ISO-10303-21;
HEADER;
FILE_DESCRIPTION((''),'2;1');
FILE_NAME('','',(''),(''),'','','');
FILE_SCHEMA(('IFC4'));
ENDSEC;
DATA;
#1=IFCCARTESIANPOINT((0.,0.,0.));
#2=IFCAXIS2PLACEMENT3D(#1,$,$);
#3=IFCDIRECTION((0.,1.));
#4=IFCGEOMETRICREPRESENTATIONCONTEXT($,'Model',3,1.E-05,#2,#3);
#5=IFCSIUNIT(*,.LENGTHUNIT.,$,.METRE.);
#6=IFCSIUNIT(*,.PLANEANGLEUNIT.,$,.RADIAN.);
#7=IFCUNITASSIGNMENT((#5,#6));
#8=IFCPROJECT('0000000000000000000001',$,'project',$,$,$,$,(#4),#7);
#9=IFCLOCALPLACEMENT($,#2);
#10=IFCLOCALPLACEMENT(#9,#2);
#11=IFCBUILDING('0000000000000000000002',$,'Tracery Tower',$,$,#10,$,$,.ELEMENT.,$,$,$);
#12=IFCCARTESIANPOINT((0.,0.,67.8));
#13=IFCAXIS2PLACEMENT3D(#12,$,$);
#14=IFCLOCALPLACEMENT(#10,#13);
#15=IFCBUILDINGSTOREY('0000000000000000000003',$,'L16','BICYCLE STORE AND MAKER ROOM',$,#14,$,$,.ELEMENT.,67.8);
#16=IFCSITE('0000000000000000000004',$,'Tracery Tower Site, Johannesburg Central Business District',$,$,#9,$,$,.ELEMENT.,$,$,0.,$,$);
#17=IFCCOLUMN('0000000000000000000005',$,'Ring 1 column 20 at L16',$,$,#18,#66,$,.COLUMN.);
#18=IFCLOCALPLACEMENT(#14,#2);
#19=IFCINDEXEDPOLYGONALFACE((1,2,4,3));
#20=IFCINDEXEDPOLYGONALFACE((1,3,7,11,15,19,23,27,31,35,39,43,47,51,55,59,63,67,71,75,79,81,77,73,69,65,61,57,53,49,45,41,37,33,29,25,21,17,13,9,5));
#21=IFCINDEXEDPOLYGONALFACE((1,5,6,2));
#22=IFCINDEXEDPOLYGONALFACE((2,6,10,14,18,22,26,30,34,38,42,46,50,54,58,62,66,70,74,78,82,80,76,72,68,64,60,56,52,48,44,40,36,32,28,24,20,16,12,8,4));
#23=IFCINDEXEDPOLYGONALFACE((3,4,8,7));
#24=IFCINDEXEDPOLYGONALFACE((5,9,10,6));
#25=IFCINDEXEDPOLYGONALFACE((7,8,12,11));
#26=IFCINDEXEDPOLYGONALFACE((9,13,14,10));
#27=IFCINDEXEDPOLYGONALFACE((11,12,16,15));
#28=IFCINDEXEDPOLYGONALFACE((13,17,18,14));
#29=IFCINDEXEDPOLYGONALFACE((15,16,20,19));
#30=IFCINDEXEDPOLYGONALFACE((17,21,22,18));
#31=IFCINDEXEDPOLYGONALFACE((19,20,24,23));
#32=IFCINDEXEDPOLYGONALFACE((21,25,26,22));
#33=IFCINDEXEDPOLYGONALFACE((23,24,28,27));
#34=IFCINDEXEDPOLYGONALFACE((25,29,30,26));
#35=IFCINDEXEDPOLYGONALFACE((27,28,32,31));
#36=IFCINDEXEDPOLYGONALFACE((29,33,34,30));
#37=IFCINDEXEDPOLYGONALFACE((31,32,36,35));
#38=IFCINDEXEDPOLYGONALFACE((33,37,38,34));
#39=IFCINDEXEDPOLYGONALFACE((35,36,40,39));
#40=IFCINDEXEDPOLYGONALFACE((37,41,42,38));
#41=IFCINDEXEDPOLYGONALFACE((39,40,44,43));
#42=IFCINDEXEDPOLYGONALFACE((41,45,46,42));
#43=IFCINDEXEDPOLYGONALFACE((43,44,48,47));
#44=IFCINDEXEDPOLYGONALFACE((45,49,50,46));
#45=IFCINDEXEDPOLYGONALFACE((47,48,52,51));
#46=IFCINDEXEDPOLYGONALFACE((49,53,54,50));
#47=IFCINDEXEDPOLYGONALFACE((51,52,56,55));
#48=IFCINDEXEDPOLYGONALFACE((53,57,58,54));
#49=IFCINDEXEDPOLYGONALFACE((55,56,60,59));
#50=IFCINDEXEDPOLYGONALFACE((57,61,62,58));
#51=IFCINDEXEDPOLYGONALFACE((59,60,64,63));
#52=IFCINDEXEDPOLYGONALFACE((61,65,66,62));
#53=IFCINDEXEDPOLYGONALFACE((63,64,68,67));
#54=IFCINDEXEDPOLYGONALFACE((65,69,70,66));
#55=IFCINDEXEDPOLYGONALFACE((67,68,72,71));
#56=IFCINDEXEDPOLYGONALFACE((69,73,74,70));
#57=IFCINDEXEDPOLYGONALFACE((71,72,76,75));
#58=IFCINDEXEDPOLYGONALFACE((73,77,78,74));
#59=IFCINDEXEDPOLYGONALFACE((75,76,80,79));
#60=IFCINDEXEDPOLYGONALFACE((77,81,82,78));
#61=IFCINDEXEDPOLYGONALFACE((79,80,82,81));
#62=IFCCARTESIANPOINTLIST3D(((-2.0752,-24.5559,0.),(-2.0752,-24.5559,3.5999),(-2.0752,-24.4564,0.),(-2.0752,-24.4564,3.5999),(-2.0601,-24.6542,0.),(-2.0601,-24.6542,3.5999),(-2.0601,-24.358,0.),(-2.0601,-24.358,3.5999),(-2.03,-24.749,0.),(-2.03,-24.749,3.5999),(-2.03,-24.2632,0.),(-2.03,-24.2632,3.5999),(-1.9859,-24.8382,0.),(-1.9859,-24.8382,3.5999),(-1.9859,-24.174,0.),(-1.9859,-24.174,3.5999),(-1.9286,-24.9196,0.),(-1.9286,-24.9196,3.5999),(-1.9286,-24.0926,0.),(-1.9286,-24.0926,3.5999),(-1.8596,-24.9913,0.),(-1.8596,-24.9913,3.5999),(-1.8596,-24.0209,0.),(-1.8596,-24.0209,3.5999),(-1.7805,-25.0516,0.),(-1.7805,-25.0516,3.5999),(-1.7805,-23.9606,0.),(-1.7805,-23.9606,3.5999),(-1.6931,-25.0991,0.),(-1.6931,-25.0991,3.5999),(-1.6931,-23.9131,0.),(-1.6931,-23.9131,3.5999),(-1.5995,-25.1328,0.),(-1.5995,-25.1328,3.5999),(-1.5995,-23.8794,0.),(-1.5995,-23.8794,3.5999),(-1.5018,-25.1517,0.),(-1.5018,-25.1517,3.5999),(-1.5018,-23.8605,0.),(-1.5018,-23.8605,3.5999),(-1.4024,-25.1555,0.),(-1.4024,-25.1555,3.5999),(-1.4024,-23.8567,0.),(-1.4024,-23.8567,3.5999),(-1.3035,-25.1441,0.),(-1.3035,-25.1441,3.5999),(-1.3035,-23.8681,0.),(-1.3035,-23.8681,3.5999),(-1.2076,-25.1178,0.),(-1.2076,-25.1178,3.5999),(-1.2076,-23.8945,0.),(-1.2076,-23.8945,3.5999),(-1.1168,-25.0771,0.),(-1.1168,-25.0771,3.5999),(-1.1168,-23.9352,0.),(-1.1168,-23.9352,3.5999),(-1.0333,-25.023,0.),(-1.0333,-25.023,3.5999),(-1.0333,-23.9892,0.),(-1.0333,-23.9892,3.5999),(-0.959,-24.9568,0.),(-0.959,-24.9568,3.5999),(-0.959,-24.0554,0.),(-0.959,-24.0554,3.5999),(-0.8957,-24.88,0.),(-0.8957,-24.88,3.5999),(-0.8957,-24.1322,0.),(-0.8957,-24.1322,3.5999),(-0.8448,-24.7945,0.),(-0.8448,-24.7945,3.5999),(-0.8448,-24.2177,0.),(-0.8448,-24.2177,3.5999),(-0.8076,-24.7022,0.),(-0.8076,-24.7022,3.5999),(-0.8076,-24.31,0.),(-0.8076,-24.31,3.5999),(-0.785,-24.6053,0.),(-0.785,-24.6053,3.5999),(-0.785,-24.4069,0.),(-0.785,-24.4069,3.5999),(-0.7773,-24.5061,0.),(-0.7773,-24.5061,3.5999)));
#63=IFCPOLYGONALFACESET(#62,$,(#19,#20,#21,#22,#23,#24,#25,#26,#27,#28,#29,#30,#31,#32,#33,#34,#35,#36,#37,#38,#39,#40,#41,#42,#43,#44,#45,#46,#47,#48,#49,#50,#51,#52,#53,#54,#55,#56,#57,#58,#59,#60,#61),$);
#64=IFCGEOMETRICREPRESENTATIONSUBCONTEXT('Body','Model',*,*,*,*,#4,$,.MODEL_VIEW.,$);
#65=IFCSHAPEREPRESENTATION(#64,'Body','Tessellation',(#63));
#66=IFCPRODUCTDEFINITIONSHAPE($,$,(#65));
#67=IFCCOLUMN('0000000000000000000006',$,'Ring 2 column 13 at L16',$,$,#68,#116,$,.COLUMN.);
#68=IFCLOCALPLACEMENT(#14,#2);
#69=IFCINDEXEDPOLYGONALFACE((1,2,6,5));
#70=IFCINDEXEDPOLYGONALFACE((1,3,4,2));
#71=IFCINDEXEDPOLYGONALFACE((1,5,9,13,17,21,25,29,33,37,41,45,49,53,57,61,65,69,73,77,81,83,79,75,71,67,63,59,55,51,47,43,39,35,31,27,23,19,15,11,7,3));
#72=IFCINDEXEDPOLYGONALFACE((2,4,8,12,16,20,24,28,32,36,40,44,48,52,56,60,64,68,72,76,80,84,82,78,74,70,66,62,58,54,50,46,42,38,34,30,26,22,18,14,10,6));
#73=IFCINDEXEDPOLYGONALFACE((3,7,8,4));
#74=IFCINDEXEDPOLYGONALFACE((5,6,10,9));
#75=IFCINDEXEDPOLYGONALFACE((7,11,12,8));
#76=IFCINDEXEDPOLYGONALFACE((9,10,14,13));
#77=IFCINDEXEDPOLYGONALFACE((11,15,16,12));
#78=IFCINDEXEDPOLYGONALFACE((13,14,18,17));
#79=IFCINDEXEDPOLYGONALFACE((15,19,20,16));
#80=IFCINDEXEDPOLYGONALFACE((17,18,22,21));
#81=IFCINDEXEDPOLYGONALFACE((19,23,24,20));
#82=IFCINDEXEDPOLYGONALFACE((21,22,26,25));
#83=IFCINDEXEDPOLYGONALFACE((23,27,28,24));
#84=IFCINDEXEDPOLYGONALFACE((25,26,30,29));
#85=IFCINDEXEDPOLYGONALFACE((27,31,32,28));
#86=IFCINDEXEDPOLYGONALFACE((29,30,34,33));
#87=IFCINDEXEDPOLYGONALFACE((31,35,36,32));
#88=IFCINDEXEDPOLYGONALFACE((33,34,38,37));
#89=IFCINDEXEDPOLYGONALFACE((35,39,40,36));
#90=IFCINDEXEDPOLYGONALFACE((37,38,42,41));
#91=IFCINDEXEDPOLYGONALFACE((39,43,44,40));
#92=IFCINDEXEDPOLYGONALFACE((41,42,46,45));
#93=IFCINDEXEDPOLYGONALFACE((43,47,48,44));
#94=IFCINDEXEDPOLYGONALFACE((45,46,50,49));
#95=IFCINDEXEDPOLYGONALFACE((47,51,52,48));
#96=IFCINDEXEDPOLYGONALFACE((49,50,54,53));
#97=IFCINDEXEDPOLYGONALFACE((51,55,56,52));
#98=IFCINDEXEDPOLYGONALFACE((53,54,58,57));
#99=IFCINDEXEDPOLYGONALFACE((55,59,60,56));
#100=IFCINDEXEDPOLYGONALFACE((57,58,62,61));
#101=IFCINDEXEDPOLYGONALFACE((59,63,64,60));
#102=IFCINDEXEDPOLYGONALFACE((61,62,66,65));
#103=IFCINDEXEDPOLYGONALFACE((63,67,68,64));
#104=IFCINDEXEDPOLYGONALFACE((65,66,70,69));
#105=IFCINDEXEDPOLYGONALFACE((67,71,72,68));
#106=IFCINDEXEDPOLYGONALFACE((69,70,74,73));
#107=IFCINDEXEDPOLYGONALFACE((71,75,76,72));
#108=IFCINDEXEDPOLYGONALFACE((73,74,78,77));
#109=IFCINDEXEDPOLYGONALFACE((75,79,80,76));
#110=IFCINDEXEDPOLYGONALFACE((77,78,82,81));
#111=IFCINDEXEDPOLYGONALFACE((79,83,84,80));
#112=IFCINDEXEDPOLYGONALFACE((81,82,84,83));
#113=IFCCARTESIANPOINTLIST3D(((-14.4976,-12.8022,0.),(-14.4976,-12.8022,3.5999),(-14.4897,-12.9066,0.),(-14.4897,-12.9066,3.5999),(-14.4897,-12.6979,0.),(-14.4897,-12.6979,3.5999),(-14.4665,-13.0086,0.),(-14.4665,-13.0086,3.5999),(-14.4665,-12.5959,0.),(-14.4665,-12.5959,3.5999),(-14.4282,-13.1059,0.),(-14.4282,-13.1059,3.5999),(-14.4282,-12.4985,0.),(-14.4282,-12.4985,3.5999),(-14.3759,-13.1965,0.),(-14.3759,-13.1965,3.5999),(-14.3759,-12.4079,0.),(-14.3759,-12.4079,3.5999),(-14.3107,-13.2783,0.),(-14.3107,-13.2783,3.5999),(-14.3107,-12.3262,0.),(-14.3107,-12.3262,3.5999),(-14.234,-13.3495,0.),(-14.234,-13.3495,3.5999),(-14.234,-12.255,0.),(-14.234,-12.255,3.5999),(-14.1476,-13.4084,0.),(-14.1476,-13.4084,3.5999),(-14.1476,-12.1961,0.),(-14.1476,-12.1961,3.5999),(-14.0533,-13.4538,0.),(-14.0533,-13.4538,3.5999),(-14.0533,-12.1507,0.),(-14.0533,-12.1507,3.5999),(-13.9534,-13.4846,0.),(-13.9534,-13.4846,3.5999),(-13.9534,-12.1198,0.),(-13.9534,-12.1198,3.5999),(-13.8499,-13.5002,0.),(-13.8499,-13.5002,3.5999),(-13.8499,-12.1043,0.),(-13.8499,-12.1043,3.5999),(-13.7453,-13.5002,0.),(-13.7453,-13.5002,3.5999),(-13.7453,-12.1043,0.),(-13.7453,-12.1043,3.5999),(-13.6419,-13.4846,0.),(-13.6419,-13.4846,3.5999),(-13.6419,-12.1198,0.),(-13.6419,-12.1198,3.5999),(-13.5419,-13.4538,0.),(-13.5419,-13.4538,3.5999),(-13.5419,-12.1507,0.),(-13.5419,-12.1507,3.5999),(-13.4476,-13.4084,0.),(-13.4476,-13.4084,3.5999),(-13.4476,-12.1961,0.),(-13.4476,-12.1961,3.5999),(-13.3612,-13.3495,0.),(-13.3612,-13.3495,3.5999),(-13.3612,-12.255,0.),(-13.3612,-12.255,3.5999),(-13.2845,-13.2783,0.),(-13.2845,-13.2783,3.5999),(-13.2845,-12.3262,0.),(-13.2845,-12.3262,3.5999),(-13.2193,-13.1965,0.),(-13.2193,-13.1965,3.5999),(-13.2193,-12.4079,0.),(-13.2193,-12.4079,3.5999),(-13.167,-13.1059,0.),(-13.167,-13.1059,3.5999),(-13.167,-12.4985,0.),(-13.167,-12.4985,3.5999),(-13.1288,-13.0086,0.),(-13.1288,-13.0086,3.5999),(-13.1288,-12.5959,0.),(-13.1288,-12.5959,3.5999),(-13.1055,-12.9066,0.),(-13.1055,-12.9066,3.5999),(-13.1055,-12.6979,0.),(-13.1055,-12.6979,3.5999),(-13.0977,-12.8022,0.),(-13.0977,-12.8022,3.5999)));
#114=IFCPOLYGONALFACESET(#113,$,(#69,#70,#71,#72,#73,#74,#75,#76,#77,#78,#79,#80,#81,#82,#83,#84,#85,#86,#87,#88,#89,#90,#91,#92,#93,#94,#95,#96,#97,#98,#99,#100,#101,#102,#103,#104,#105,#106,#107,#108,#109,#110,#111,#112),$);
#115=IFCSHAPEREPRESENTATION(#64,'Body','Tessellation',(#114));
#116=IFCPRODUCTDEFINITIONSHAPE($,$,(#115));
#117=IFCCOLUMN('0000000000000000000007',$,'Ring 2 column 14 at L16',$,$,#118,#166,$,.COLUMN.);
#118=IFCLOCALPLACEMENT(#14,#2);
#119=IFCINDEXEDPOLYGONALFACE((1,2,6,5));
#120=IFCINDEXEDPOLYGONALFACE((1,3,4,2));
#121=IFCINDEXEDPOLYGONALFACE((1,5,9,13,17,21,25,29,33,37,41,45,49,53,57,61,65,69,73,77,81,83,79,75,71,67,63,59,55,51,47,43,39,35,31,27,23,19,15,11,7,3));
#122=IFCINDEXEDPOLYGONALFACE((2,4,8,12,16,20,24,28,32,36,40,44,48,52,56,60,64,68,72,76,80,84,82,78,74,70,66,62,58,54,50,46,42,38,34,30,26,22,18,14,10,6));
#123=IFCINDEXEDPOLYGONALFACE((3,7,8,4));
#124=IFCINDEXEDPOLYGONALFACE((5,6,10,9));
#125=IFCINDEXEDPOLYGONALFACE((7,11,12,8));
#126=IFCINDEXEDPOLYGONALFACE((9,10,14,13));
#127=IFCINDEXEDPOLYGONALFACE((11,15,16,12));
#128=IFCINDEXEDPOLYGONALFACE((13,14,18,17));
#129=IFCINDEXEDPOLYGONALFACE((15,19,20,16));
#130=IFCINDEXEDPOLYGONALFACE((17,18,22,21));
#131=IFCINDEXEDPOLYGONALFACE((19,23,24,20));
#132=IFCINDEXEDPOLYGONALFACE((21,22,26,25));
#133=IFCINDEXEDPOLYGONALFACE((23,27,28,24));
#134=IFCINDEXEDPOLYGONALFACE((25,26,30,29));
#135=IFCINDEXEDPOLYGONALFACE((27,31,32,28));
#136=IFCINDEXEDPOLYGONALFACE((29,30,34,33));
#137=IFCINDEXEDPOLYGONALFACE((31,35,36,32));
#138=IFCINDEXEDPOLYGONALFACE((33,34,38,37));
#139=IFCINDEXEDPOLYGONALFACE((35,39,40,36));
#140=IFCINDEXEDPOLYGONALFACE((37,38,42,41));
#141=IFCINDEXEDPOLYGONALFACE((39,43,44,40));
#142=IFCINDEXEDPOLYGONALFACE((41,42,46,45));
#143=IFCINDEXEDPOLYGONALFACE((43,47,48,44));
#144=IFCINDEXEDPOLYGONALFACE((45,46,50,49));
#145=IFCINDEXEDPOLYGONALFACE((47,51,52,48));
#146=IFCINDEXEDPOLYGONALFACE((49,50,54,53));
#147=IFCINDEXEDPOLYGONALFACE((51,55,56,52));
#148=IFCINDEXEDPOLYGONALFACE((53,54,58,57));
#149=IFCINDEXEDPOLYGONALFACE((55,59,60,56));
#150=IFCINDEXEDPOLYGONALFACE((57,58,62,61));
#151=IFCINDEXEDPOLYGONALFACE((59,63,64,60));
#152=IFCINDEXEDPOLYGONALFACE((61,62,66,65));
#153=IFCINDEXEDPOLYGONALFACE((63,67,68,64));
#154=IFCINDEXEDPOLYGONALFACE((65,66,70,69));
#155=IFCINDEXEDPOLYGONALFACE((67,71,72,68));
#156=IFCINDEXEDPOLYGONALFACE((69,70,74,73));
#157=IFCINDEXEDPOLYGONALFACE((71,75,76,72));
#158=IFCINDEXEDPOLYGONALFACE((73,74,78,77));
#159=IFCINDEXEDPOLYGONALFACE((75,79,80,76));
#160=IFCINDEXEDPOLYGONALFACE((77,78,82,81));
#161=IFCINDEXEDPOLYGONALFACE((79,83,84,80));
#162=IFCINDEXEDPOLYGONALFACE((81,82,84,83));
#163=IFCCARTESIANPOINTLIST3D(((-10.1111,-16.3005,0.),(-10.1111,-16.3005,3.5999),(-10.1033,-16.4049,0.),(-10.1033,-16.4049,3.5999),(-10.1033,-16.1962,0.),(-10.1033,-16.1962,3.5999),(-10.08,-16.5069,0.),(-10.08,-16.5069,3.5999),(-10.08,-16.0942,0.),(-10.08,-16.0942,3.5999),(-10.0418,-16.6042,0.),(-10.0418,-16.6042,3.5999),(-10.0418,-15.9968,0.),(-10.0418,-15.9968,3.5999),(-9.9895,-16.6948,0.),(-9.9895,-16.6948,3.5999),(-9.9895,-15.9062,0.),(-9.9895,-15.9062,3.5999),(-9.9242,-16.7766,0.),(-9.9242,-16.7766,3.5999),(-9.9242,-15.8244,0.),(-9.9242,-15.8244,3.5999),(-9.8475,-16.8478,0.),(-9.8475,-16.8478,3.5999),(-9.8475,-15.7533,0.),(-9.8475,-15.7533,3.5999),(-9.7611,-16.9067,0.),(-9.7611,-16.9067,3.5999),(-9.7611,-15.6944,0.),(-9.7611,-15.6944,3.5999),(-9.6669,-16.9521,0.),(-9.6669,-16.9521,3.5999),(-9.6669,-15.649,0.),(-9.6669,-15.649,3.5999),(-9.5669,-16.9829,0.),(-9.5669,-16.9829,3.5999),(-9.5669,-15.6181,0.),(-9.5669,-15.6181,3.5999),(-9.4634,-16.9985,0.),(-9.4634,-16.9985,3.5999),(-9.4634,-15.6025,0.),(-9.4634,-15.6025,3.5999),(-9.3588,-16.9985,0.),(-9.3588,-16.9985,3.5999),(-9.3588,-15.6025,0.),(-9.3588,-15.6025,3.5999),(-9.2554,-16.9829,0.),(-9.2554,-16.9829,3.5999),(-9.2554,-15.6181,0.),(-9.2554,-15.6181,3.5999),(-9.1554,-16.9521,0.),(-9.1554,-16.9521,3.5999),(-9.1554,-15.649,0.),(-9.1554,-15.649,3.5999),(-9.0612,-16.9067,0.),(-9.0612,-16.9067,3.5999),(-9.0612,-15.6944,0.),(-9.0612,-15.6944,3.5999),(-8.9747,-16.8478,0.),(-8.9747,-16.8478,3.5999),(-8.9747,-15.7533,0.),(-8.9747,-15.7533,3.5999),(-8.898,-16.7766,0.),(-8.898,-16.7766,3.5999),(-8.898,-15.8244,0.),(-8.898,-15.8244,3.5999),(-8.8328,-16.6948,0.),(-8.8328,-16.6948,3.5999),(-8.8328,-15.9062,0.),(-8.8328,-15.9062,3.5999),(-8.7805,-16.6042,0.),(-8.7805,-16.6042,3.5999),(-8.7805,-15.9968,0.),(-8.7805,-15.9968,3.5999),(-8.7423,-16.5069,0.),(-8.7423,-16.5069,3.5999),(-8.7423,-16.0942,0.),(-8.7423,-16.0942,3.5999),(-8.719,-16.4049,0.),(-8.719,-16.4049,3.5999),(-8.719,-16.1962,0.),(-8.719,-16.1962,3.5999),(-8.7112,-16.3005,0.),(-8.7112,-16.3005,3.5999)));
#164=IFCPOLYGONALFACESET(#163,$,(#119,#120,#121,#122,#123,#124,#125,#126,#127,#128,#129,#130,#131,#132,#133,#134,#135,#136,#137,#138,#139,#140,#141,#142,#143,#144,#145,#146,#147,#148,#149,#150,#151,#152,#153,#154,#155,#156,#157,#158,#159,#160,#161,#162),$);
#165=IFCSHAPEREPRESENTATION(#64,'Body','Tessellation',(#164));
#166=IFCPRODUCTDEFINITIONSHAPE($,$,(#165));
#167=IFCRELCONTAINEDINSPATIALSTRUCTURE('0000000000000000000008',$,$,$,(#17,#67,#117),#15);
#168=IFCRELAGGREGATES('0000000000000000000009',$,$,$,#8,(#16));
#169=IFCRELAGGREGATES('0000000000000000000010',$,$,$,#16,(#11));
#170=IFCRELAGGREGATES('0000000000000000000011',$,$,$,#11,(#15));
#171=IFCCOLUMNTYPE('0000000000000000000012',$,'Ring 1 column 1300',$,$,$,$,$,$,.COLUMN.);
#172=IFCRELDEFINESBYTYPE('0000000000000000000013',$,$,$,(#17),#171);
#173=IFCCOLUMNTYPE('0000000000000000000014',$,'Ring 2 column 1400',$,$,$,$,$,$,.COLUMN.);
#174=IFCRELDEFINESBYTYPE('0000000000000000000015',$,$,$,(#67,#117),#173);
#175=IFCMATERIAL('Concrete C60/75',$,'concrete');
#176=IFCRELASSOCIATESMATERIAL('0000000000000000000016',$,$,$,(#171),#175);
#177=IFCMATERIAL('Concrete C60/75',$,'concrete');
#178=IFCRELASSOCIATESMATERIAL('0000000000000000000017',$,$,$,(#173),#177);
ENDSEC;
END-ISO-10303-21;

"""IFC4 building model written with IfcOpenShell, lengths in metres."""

from ifc_helpers import new_model, si_unit, direction, frame, origin, origin_2d, place, context, subcontext, project, spatial, circle, extrude, material, material_profile, profile_set, type_object, element, save


model = new_model("IFC4")

# Units and contexts
model_context = context("Model", 3, precision=1e-05, world=origin(), true_north=direction((0.0, 1.0)))
body_context = subcontext(model_context, "Body", "Model", "MODEL_VIEW")
ifc_project = project(units=[si_unit("LENGTHUNIT", "METRE"), si_unit("PLANEANGLEUNIT", "RADIAN")], contexts=[model_context])

# Site, building, storey
site_placement = place(None, origin())
site = spatial("IfcSite", under=ifc_project, at=site_placement, Name="Tracery Tower Site, Johannesburg Central Business District", CompositionType="ELEMENT", RefElevation=0.0)
building_placement = place(site_placement, origin())
building = spatial("IfcBuilding", under=site, at=building_placement, Name="Tracery Tower", CompositionType="ELEMENT")
storey_placement = place(building_placement, frame((0.0, 0.0, 67.8)))
storey = spatial("IfcBuildingStorey", under=building, at=storey_placement, Name="L16", Description="BICYCLE STORE AND MAKER ROOM", CompositionType="ELEMENT", Elevation=67.8)

# Columns
ifc_material_1 = material(Name="Concrete C60/75", Category="concrete")
ifc_material_profile_1 = material_profile(ifc_material_1, circle(Radius=0.6499, at=origin_2d()), Name="RC D1300")
ifc_profile_set_1 = profile_set([ifc_material_profile_1], Name="Concrete C60/75")
column_type_1 = type_object("IfcColumnType", Name="Ring 1 column 1300", PredefinedType="COLUMN", material=ifc_profile_set_1)
for number, where, z_axis, x_axis, name in (
    (1, (-1.4272, -24.5061, 0.0), (0.0, 0.0, 1.0), (1.0, 0.0, 0.0), "Ring 1 column 20 at L16"),
):
    element("IfcColumn", number, at=place(storey_placement, frame(where, z_axis=z_axis, x_axis=x_axis)), inside=storey, type_object=column_type_1, Name=name, PredefinedType="COLUMN", context=body_context, shape_type="SweptSolid", body=[
        extrude(circle(Radius=0.6499, at=origin_2d()), origin(), (0.0, 0.0, 1.0), 3.5999),
    ])
ifc_material_2 = material(Name="Concrete C60/75", Category="concrete")
ifc_material_profile_2 = material_profile(ifc_material_2, circle(Radius=0.7, at=origin_2d()), Name="RC D1400")
ifc_profile_set_2 = profile_set([ifc_material_profile_2], Name="Concrete C60/75")
column_type_2 = type_object("IfcColumnType", Name="Ring 2 column 1400", PredefinedType="COLUMN", material=ifc_profile_set_2)
for number, where, z_axis, x_axis, name in (
    (2, (-13.7976, -12.8022, 0.0), (0.0, 0.0, 1.0), (1.0, 0.0, 0.0), "Ring 2 column 13 at L16"),
    (3, (-9.4111, -16.3005, 0.0), (0.0, 0.0, 1.0), (1.0, 0.0, 0.0), "Ring 2 column 14 at L16"),
):
    element("IfcColumn", number, at=place(storey_placement, frame(where, z_axis=z_axis, x_axis=x_axis)), inside=storey, type_object=column_type_2, Name=name, PredefinedType="COLUMN", context=body_context, shape_type="SweptSolid", body=[
        extrude(circle(Radius=0.7, at=origin_2d()), origin(), (0.0, 0.0, 1.0), 3.5999),
    ])

save(model, "model.ifc")
